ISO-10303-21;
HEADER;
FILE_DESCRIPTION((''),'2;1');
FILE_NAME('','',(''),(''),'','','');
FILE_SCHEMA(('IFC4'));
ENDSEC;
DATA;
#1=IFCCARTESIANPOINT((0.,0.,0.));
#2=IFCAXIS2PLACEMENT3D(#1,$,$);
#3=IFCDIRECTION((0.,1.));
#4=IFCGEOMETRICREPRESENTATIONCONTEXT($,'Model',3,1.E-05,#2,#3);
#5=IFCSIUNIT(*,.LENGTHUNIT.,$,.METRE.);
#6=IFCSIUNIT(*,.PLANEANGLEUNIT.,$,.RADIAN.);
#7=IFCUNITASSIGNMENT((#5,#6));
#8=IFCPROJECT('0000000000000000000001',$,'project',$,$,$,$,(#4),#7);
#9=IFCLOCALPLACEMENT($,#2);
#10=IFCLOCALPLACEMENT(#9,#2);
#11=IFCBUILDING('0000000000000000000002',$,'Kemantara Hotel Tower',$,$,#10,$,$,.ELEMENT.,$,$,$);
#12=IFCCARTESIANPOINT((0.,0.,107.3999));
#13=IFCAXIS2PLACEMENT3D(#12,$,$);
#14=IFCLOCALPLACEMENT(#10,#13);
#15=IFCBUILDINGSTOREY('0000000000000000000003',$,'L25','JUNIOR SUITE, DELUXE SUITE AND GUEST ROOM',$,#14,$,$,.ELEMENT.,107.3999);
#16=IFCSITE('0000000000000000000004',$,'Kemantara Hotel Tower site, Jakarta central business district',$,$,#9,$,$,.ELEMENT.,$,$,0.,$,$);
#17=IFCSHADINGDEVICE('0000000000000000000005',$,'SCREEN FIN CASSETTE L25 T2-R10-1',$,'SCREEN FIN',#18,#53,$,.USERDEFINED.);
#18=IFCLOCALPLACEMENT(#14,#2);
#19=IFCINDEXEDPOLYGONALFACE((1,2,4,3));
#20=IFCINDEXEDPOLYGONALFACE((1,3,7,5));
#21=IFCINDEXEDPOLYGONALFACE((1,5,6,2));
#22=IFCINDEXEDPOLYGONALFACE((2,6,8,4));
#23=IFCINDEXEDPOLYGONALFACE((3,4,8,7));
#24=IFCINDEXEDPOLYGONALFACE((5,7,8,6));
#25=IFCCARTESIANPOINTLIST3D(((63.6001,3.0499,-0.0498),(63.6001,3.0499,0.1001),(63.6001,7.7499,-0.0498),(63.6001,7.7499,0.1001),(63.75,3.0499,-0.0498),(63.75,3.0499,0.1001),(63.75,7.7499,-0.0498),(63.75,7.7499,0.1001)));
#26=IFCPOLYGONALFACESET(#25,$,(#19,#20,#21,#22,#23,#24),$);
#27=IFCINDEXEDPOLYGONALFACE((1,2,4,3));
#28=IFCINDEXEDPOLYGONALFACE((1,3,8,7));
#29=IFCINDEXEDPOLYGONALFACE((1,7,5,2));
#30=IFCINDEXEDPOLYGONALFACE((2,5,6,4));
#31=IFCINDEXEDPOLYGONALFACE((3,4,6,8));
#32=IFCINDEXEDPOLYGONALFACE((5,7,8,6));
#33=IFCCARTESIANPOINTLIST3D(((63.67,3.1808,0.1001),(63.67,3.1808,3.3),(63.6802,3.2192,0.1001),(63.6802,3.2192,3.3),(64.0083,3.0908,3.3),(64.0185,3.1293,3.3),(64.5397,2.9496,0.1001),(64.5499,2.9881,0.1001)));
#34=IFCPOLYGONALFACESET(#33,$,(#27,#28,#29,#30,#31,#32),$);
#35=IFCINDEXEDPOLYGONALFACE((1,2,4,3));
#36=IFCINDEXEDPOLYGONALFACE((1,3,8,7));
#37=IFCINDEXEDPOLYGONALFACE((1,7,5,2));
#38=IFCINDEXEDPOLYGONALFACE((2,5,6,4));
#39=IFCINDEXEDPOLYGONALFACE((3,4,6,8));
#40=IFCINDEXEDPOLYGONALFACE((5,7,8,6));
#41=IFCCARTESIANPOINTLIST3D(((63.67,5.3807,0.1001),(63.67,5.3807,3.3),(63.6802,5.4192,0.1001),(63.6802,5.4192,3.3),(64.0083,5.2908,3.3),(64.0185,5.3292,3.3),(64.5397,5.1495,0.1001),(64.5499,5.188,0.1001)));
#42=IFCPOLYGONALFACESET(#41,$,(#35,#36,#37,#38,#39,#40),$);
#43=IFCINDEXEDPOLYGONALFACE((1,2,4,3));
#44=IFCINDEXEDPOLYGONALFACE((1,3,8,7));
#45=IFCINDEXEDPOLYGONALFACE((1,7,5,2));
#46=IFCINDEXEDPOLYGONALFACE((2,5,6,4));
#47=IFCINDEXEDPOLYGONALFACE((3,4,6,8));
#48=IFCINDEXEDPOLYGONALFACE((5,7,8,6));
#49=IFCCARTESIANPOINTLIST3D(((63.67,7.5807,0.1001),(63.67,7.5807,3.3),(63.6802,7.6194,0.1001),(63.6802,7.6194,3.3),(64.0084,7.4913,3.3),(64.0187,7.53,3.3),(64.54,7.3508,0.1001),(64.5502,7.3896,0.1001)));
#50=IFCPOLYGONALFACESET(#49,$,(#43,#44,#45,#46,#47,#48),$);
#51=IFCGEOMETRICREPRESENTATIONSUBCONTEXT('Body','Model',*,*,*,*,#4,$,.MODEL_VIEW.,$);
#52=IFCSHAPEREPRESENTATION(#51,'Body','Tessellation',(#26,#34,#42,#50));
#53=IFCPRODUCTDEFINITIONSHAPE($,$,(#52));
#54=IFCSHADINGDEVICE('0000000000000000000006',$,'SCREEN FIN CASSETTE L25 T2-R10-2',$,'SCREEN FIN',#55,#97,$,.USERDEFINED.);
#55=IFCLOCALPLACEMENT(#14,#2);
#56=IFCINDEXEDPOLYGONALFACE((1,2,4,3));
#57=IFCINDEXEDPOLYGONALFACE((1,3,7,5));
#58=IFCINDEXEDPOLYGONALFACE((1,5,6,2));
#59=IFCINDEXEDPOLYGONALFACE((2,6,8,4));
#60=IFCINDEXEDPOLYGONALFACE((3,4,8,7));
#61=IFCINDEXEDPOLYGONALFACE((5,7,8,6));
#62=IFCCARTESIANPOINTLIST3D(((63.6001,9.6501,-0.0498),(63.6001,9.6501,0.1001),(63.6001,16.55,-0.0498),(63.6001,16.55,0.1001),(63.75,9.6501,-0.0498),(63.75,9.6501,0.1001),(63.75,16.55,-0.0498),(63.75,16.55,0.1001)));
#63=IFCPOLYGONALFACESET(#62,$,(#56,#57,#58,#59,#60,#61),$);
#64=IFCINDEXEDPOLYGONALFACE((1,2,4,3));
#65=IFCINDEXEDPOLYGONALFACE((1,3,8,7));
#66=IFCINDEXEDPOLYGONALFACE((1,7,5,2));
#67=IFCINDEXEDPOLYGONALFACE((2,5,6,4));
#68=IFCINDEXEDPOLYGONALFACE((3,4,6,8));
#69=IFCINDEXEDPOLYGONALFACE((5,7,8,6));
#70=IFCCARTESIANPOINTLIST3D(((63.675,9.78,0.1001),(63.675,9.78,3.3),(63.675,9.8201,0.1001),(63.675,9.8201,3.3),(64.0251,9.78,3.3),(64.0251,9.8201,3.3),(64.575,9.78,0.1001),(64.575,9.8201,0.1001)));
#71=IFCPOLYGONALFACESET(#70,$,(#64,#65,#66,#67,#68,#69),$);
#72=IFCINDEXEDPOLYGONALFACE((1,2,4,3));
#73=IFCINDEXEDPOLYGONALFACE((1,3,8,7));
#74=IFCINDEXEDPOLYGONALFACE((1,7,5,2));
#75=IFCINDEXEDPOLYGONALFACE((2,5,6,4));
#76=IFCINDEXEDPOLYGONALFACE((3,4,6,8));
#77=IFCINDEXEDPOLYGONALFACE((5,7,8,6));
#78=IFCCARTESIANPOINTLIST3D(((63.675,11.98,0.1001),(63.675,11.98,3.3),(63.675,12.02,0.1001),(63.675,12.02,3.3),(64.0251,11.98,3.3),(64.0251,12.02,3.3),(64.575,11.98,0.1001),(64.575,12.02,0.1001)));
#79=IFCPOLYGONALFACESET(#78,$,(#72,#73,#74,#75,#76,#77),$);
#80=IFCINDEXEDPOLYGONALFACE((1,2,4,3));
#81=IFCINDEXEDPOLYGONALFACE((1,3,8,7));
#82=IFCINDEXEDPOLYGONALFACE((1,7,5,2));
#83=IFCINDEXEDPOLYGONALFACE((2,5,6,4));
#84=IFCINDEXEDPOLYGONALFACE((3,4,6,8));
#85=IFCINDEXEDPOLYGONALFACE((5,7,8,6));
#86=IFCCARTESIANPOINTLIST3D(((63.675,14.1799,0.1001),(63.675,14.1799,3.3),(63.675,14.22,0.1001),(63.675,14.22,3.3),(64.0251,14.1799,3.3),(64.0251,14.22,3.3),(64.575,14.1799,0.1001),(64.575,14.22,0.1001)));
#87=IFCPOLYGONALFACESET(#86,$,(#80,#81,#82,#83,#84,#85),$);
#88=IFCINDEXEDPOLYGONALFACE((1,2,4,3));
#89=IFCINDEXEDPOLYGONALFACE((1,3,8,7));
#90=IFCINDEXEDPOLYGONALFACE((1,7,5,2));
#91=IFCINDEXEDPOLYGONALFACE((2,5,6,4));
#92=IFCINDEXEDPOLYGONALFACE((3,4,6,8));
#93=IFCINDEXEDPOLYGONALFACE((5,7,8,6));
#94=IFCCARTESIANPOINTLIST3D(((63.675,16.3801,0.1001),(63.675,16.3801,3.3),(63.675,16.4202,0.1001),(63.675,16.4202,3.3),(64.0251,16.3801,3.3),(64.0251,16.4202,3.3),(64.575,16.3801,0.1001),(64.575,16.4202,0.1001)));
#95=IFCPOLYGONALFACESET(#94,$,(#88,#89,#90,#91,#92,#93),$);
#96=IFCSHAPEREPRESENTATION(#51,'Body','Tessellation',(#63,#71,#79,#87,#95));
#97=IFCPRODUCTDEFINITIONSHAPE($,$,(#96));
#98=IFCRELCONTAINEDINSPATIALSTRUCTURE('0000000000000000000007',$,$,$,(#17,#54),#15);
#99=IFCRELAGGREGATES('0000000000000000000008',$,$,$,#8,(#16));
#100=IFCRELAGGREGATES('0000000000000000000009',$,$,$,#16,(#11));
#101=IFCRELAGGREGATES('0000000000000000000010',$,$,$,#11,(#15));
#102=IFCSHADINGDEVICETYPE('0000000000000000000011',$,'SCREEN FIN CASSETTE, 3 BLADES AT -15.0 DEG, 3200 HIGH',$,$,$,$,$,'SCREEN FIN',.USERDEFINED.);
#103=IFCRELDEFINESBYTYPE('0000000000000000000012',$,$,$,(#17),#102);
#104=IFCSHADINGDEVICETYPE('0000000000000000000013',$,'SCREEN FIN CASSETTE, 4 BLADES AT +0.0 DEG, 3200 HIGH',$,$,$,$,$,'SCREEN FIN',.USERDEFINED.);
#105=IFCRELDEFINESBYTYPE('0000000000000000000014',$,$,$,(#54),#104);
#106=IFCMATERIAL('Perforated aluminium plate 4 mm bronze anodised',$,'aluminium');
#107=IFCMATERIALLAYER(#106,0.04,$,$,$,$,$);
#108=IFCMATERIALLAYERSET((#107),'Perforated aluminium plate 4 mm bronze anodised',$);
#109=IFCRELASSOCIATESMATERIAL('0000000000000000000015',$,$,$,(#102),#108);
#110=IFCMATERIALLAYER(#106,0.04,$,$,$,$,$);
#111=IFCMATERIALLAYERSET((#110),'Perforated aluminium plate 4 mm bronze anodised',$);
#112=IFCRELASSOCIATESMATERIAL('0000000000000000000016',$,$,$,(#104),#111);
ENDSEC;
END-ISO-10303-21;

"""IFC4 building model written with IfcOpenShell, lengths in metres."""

from ifc_helpers import new_model, si_unit, direction, frame, origin, origin_2d, place, context, subcontext, project, spatial, polyline, rectangle, outline, extrude, source, transform, mapped, material, layer, layer_set, type_object, element, save


model = new_model("IFC4")

# Units and contexts
model_context = context("Model", 3, precision=1e-05, world=origin(), true_north=direction((0.0, 1.0)))
body_context = subcontext(model_context, "Body", "Model", "MODEL_VIEW")
ifc_project = project(units=[si_unit("LENGTHUNIT", "METRE"), si_unit("PLANEANGLEUNIT", "RADIAN")], contexts=[model_context])

# Site, building, storey
site_placement = place(None, origin())
site = spatial("IfcSite", under=ifc_project, at=site_placement, Name="Kemantara Hotel Tower site, Jakarta central business district", CompositionType="ELEMENT", RefElevation=0.0)
building_placement = place(site_placement, origin())
building = spatial("IfcBuilding", under=site, at=building_placement, Name="Kemantara Hotel Tower", CompositionType="ELEMENT")
storey_placement = place(building_placement, frame((0.0, 0.0, 107.3999)))
storey = spatial("IfcBuildingStorey", under=building, at=storey_placement, Name="L25", Description="JUNIOR SUITE, DELUXE SUITE AND GUEST ROOM", CompositionType="ELEMENT", Elevation=107.3999)

# Shading devices
ifc_material_1 = material(Name="Perforated aluminium plate 4 mm bronze anodised", Category="aluminium")
ifc_layer_1 = layer(ifc_material_1, 0.04)
ifc_layer_set_1 = layer_set([ifc_layer_1], Name="Perforated aluminium plate 4 mm bronze anodised")
shading_device_type_1 = type_object("IfcShadingDeviceType", Name="SCREEN FIN CASSETTE, 3 BLADES AT -15.0 DEG, 3200 HIGH", ElementType="SCREEN FIN", PredefinedType="USERDEFINED", material=ifc_layer_set_1)
shared_shape_1 = source(origin(), body_context, "Body", "SweptSolid", [
    extrude(rectangle(XDim=4.7, YDim=0.1499, at=origin_2d()), frame((2.2, -0.075, -0.1499), z_axis=(0.0, 0.0, 1.0), x_axis=(1.0, 0.0, 0.0)), (0.0, 0.0, 1.0), 0.1499),
    extrude(outline(polyline([(0.0, 0.0), (0.8999, 0.0), (0.3501, 3.2), (0.0, 3.2), (0.0, 0.0)])), frame((0.0193, -0.0801, 0.0), z_axis=(-0.966438, 0.256901, 0.0), x_axis=(-0.256901, -0.966438, 0.0)), (0.0, 0.0, 1.0), 0.0398),
    extrude(outline(polyline([(0.0, 0.0), (0.8999, 0.0), (0.3501, 3.2), (0.0, 3.2), (0.0, 0.0)])), frame((2.2192, -0.0801, 0.0), z_axis=(-0.966438, 0.256901, 0.0), x_axis=(-0.256901, -0.966438, 0.0)), (0.0, 0.0, 1.0), 0.0398),
    extrude(outline(polyline([(0.0, 0.0), (0.8999, 0.0), (0.3501, 3.2), (0.0, 3.2), (0.0, 0.0)])), frame((4.4194, -0.0801, 0.0), z_axis=(-0.966838, 0.255391, 0.0), x_axis=(-0.255391, -0.966838, 0.0)), (0.0, 0.0, 1.0), 0.04),
])
shading_device_1_placement = place(storey_placement, frame((63.6001, 3.2, 0.1001), z_axis=(0.0, 0.0, 1.0), x_axis=(0.0, 1.0, 0.0)))
element("IfcShadingDevice", 1, at=shading_device_1_placement, inside=storey, type_object=shading_device_type_1, Name="SCREEN FIN CASSETTE L25 T2-R10-1", ObjectType="SCREEN FIN", PredefinedType="USERDEFINED", context=body_context, shape_type="MappedRepresentation", body=[
    mapped(shared_shape_1, transform((0.0, 0.0, 0.0))),
])
ifc_layer_2 = layer(ifc_material_1, 0.04)
ifc_layer_set_2 = layer_set([ifc_layer_2], Name="Perforated aluminium plate 4 mm bronze anodised")
shading_device_type_2 = type_object("IfcShadingDeviceType", Name="SCREEN FIN CASSETTE, 4 BLADES AT +0.0 DEG, 3200 HIGH", ElementType="SCREEN FIN", PredefinedType="USERDEFINED", material=ifc_layer_set_2)
shared_shape_2 = source(origin(), body_context, "Body", "SweptSolid", [
    extrude(rectangle(XDim=6.8999, YDim=0.1499, at=origin_2d()), frame((3.3, -0.075, -0.1499), z_axis=(0.0, 0.0, 1.0), x_axis=(1.0, 0.0, 0.0)), (0.0, 0.0, 1.0), 0.1499),
    extrude(outline(polyline([(0.0, 0.0), (0.8999, 0.0), (0.3501, 3.2), (0.0, 3.2), (0.0, 0.0)])), frame((0.02, -0.075, 0.0), z_axis=(-1.0, 0.0, 0.0), x_axis=(0.0, -1.0, 0.0)), (0.0, 0.0, 1.0), 0.04),
    extrude(outline(polyline([(0.0, 0.0), (0.8999, 0.0), (0.3501, 3.2), (0.0, 3.2), (0.0, 0.0)])), frame((2.22, -0.075, 0.0), z_axis=(-1.0, 0.0, 0.0), x_axis=(0.0, -1.0, 0.0)), (0.0, 0.0, 1.0), 0.04),
    extrude(outline(polyline([(0.0, 0.0), (0.8999, 0.0), (0.3501, 3.2), (0.0, 3.2), (0.0, 0.0)])), frame((4.4199, -0.075, 0.0), z_axis=(-1.0, 0.0, 0.0), x_axis=(0.0, -1.0, 0.0)), (0.0, 0.0, 1.0), 0.04),
    extrude(outline(polyline([(0.0, 0.0), (0.8999, 0.0), (0.3501, 3.2), (0.0, 3.2), (0.0, 0.0)])), frame((6.6201, -0.075, 0.0), z_axis=(-1.0, 0.0, 0.0), x_axis=(0.0, -1.0, 0.0)), (0.0, 0.0, 1.0), 0.04),
])
shading_device_2_placement = place(storey_placement, frame((63.6001, 9.8, 0.1001), z_axis=(0.0, 0.0, 1.0), x_axis=(0.0, 1.0, 0.0)))
element("IfcShadingDevice", 2, at=shading_device_2_placement, inside=storey, type_object=shading_device_type_2, Name="SCREEN FIN CASSETTE L25 T2-R10-2", ObjectType="SCREEN FIN", PredefinedType="USERDEFINED", context=body_context, shape_type="MappedRepresentation", body=[
    mapped(shared_shape_2, transform((0.0, 0.0, 0.0))),
])

save(model, "model.ifc")
